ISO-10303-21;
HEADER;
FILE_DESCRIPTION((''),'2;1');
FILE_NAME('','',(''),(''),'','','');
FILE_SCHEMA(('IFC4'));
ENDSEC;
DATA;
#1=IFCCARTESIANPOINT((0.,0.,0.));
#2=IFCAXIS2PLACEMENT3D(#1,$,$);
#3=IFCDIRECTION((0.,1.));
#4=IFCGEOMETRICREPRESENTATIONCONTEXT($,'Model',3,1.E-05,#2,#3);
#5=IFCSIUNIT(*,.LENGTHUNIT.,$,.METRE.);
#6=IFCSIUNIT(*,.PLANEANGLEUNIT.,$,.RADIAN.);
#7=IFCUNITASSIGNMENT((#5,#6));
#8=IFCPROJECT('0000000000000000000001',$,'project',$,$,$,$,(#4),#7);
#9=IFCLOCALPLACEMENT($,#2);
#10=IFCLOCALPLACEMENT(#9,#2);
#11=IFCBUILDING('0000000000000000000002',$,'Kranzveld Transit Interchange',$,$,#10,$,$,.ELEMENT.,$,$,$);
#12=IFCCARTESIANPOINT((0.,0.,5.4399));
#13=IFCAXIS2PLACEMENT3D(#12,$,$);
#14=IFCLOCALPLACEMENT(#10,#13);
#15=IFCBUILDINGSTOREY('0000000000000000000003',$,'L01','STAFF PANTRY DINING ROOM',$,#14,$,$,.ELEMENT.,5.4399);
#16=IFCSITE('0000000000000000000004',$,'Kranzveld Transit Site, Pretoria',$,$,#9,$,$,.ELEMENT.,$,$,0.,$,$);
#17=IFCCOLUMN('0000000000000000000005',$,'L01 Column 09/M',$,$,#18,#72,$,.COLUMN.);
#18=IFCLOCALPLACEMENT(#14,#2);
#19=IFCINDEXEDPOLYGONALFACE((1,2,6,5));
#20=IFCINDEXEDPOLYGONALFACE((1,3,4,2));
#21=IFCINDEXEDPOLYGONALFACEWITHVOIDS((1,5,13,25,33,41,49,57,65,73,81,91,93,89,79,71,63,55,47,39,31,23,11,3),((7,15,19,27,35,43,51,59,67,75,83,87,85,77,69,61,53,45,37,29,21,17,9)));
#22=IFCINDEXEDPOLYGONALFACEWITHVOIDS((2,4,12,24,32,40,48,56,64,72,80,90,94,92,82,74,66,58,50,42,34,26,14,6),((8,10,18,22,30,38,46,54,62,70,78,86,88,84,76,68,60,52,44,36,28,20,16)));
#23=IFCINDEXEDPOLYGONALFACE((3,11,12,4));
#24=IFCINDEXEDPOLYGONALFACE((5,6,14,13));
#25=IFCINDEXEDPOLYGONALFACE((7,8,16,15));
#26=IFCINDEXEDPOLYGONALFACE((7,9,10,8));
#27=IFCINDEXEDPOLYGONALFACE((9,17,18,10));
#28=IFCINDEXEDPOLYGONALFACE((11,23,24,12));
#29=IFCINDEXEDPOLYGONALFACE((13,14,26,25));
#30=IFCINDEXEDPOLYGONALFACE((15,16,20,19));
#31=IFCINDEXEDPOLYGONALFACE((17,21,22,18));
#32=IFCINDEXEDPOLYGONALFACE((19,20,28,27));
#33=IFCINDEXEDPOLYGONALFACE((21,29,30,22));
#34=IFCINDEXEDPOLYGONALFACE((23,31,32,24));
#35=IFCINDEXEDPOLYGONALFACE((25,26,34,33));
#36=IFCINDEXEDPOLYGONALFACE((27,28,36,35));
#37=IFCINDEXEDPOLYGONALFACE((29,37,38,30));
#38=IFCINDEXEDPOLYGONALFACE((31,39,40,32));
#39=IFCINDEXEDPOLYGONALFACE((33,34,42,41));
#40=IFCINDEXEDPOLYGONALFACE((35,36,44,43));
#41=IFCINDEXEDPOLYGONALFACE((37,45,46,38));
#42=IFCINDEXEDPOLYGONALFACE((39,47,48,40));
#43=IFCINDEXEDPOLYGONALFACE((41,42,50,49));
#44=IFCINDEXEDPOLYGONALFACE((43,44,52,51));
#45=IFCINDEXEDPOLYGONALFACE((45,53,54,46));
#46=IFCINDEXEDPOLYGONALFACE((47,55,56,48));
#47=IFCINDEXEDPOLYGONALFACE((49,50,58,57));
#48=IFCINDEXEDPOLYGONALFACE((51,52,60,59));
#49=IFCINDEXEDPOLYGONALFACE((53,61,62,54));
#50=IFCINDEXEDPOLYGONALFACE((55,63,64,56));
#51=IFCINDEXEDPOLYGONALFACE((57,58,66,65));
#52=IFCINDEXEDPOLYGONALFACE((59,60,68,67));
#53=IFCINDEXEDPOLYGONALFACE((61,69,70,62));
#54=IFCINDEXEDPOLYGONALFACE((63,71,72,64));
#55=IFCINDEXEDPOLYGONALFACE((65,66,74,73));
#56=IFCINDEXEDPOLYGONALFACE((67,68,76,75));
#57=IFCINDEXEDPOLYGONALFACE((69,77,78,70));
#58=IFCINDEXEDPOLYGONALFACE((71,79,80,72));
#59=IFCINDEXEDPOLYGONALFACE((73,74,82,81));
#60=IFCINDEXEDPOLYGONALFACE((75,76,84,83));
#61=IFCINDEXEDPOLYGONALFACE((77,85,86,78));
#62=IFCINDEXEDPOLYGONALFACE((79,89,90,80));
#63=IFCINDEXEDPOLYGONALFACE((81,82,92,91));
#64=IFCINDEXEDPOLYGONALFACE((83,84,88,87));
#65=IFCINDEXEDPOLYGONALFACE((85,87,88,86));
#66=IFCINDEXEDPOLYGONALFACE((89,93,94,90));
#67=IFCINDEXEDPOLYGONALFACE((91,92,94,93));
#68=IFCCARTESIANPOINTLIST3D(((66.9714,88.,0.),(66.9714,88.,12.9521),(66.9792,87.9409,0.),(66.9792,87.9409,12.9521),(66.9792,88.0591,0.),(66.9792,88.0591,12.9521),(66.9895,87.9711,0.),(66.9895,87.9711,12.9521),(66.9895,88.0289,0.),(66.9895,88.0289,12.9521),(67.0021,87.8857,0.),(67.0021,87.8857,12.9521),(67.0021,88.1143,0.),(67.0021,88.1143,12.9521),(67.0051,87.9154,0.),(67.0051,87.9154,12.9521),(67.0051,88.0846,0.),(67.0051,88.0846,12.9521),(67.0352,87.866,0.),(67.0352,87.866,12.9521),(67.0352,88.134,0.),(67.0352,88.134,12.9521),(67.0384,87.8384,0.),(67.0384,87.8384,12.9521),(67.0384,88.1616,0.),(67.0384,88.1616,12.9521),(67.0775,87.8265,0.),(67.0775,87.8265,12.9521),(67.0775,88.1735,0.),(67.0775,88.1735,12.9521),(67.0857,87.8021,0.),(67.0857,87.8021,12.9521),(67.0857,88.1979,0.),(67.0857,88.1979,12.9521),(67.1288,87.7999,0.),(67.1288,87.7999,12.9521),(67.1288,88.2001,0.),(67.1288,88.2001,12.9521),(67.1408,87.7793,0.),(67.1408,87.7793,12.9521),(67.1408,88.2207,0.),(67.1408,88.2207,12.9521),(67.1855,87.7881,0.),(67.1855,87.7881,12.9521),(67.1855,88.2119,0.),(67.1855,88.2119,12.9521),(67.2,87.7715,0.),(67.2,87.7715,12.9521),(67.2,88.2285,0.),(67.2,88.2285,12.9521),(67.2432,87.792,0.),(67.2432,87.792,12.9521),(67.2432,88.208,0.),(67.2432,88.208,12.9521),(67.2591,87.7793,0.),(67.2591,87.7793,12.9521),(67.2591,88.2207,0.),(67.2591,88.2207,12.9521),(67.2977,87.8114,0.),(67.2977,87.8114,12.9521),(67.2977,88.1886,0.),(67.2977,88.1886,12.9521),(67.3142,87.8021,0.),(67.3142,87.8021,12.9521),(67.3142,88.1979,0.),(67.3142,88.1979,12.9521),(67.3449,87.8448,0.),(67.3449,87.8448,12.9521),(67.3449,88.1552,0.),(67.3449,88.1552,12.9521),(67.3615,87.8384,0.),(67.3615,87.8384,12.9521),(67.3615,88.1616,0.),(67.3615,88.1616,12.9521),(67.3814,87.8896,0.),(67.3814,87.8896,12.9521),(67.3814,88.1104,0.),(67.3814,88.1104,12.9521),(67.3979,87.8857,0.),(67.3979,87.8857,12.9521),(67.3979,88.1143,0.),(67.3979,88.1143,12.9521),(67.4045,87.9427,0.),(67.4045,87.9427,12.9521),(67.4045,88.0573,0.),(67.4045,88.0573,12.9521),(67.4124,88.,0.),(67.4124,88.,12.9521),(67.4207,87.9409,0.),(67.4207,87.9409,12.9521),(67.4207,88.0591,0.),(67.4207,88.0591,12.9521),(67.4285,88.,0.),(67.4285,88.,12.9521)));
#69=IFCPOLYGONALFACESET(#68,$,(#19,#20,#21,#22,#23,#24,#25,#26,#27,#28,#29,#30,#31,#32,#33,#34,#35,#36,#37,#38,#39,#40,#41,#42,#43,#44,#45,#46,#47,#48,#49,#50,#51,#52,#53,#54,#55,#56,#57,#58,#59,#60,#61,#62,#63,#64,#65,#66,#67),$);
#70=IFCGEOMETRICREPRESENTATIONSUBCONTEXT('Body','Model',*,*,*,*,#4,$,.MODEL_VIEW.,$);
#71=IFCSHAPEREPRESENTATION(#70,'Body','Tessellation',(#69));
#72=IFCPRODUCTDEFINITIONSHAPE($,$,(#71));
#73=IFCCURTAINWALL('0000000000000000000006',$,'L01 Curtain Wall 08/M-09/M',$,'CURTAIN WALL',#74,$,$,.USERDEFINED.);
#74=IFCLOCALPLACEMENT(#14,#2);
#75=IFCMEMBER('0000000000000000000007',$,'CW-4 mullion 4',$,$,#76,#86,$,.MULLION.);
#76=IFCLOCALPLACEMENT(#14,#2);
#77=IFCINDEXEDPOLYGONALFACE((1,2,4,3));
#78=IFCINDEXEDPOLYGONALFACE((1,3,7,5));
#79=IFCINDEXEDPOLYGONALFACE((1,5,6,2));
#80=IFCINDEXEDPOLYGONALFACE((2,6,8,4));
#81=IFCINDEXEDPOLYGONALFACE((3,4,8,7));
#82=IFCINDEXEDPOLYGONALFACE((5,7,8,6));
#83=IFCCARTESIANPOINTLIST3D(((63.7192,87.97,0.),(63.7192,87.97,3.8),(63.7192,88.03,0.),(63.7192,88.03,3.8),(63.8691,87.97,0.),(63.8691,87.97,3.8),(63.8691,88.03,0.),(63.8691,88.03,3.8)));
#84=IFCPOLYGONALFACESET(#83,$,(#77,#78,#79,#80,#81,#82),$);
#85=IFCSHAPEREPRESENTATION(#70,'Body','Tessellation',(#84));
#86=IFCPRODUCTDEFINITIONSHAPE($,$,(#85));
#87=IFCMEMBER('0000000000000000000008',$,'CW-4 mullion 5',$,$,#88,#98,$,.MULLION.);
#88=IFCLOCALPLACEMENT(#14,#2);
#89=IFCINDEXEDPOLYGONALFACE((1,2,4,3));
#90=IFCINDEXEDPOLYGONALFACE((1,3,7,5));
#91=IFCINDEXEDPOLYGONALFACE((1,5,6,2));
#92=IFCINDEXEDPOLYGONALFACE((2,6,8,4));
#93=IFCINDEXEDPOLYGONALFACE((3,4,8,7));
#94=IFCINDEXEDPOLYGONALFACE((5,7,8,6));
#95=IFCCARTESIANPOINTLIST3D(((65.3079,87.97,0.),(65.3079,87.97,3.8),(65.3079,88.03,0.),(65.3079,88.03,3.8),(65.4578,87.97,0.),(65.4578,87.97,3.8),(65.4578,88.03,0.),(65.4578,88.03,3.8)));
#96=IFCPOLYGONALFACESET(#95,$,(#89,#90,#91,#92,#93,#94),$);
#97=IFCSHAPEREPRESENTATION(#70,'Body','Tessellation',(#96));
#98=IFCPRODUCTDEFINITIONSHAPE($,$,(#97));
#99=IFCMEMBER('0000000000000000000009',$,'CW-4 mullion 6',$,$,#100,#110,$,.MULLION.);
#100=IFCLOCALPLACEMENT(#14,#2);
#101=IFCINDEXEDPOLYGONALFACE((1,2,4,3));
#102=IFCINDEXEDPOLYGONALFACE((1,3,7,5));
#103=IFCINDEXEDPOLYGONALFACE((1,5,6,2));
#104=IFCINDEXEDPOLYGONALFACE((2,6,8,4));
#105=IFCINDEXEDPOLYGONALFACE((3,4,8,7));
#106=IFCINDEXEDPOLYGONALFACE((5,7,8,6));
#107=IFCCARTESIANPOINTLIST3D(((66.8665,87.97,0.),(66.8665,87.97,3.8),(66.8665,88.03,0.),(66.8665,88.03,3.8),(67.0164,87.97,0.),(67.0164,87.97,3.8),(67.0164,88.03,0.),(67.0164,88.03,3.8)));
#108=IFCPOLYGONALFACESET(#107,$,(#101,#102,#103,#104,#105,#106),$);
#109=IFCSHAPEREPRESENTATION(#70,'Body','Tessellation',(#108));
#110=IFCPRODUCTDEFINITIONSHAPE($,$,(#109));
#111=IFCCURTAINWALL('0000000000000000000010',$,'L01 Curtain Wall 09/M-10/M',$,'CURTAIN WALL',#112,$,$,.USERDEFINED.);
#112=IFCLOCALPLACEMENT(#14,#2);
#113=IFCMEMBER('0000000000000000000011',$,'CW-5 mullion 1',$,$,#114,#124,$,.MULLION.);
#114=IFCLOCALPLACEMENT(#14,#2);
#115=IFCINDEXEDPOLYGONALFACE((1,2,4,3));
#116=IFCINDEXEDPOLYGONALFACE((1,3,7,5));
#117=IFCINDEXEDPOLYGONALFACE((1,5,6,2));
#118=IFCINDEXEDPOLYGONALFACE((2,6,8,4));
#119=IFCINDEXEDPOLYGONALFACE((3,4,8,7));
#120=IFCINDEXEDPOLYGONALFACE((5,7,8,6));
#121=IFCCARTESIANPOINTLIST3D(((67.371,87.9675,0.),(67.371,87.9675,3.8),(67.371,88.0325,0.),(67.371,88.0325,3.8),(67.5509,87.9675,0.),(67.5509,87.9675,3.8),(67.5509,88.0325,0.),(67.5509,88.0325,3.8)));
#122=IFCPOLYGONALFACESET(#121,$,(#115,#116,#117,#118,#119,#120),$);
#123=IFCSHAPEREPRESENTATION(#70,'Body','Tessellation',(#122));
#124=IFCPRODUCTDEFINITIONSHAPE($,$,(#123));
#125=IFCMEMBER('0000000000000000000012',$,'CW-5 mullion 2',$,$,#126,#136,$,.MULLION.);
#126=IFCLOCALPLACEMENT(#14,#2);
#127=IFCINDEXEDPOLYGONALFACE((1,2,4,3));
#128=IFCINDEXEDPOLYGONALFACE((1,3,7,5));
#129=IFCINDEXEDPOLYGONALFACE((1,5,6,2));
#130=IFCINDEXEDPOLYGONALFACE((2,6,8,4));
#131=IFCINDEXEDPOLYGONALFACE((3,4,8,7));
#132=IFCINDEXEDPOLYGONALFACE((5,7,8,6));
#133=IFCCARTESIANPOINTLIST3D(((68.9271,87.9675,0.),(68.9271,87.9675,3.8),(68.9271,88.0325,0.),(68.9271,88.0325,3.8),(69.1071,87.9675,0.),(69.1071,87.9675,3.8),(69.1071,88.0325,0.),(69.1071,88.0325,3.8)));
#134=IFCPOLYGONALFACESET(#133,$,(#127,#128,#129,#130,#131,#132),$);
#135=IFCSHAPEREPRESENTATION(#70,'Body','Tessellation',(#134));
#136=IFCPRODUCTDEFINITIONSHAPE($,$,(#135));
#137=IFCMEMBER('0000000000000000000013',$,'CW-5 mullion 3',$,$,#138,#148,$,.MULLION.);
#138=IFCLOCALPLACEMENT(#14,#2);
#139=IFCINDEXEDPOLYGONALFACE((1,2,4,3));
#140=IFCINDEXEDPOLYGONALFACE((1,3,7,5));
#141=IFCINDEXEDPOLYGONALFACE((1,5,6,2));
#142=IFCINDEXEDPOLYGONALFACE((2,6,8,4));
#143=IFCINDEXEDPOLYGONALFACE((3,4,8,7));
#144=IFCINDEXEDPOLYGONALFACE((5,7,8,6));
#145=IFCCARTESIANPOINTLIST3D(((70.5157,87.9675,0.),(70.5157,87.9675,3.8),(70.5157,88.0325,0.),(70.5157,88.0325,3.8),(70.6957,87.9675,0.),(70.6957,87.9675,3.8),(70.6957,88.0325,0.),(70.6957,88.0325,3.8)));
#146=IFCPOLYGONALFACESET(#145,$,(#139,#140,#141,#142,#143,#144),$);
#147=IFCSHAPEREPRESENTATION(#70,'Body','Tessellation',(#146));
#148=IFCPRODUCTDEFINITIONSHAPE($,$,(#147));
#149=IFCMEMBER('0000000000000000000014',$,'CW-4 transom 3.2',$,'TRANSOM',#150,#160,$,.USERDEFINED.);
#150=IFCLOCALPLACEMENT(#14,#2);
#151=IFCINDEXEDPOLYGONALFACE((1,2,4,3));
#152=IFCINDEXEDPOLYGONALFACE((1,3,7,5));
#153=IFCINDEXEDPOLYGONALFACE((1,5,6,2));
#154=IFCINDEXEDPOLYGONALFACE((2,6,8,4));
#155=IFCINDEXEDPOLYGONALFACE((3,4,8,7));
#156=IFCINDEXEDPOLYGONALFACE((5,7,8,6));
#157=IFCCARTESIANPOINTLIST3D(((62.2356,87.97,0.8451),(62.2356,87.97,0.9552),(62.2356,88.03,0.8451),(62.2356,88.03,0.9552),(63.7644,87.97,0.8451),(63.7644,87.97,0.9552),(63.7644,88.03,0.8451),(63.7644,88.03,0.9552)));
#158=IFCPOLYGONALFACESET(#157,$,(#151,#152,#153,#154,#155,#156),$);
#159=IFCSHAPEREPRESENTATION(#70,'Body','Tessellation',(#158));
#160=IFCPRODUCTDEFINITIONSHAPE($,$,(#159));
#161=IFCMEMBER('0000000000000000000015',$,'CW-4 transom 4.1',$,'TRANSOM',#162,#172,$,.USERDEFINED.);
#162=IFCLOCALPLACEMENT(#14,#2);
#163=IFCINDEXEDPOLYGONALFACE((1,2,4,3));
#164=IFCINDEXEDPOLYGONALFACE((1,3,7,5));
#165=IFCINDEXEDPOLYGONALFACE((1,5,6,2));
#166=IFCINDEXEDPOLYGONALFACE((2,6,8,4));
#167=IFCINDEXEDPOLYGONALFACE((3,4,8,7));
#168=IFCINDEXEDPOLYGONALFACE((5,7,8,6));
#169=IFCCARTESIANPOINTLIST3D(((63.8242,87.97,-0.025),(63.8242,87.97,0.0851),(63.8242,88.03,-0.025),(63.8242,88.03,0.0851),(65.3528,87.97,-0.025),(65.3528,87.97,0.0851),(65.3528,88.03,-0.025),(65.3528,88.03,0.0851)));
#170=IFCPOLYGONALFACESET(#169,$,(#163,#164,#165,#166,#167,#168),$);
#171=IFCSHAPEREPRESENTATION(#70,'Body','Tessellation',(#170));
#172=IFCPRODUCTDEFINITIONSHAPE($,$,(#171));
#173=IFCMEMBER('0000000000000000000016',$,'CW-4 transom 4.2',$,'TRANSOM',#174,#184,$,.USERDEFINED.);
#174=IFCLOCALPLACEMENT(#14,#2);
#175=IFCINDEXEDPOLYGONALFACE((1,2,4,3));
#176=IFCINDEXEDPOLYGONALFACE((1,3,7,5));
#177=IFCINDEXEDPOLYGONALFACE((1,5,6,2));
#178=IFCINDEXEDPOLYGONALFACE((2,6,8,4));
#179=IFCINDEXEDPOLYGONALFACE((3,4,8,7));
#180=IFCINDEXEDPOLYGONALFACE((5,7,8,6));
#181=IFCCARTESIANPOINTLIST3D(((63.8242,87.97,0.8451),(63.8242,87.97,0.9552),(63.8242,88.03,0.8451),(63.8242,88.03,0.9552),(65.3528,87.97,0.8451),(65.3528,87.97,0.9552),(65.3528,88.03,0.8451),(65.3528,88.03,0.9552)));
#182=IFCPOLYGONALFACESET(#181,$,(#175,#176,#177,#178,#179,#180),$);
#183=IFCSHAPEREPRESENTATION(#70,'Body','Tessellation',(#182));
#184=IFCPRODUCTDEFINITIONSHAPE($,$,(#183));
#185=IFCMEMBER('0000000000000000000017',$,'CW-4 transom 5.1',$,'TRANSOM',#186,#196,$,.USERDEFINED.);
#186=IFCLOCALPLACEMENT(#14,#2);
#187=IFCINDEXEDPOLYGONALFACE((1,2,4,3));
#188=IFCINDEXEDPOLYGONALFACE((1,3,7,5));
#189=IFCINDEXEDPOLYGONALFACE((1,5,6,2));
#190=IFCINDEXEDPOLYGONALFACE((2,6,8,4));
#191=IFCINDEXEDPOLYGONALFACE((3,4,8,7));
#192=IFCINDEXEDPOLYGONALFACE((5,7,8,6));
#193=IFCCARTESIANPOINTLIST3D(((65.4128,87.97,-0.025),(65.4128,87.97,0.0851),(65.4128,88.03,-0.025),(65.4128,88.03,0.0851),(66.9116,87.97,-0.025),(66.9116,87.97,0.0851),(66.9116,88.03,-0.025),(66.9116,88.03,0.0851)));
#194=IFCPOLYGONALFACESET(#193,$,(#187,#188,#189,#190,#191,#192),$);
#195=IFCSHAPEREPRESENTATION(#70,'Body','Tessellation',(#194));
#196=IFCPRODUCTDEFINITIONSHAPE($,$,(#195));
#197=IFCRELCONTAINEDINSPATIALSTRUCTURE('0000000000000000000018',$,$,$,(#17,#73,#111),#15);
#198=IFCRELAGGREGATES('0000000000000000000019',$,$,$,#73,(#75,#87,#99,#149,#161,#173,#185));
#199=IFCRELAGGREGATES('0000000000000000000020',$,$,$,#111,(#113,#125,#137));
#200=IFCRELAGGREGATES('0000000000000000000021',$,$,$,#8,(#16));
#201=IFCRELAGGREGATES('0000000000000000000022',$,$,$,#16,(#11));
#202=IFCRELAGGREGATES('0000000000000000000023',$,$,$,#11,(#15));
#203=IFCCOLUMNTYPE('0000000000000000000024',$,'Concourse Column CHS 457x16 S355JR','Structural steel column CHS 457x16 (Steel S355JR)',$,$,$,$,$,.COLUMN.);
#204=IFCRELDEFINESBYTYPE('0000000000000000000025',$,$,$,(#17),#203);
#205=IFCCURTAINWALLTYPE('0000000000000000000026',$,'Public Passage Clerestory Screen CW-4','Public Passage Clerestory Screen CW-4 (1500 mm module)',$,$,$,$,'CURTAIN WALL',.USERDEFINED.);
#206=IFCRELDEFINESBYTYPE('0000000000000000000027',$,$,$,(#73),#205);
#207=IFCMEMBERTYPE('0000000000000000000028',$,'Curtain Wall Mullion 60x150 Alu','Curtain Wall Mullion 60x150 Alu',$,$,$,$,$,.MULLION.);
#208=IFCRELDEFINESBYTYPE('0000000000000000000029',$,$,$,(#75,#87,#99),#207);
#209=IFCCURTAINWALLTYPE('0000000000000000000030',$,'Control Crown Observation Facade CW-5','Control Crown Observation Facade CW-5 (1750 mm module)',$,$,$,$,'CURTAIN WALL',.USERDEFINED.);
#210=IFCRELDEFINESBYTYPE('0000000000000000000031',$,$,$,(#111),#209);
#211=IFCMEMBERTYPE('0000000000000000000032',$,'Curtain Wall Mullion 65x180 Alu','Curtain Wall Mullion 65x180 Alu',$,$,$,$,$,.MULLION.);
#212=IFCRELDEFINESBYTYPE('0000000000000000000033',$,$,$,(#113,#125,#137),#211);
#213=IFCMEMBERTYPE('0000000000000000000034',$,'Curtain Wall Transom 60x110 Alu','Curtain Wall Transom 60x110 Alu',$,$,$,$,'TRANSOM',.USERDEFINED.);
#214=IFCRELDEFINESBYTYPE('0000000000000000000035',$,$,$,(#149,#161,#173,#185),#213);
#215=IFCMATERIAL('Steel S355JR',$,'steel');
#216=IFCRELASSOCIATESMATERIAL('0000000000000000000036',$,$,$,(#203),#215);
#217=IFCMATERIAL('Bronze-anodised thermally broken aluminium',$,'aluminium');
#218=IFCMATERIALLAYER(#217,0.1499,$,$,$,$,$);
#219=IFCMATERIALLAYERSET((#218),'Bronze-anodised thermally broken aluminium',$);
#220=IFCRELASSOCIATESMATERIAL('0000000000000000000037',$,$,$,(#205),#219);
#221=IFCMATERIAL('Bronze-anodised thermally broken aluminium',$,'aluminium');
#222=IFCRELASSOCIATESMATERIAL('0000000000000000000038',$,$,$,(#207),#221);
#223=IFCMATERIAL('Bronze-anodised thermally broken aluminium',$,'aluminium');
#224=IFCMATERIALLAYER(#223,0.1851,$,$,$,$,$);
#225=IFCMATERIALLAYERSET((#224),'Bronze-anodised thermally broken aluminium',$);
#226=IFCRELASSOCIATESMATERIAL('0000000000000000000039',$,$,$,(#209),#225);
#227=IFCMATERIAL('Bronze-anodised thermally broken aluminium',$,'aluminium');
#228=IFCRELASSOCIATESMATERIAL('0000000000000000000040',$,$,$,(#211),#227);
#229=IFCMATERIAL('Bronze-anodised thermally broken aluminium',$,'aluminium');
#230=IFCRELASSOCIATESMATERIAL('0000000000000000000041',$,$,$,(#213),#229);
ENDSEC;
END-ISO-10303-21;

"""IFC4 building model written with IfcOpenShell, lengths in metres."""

from ifc_helpers import new_model, si_unit, direction, frame, origin, origin_2d, place, context, subcontext, project, spatial, rectangle, hollow_circle, extrude, material, layer, layer_set, material_profile, profile_set, type_object, element, aggregate, save


model = new_model("IFC4")

# Units and contexts
model_context = context("Model", 3, precision=1e-05, world=origin(), true_north=direction((0.0, 1.0)))
body_context = subcontext(model_context, "Body", "Model", "MODEL_VIEW")
ifc_project = project(units=[si_unit("LENGTHUNIT", "METRE"), si_unit("PLANEANGLEUNIT", "RADIAN")], contexts=[model_context])

# Site, building, storey
site_placement = place(None, origin())
site = spatial("IfcSite", under=ifc_project, at=site_placement, Name="Kranzveld Transit Site, Pretoria", CompositionType="ELEMENT", RefElevation=0.0)
building_placement = place(site_placement, origin())
building = spatial("IfcBuilding", under=site, at=building_placement, Name="Kranzveld Transit Interchange", CompositionType="ELEMENT")
storey_placement = place(building_placement, frame((0.0, 0.0, 5.4399)))
storey = spatial("IfcBuildingStorey", under=building, at=storey_placement, Name="L01", Description="STAFF PANTRY DINING ROOM", CompositionType="ELEMENT", Elevation=5.4399)

# Column
ifc_material_1 = material(Name="Steel S355JR", Category="steel")
ifc_material_profile_1 = material_profile(ifc_material_1, hollow_circle(Radius=0.2285, WallThickness=0.0161, at=origin_2d()), Name="CHS 457x16")
ifc_profile_set_1 = profile_set([ifc_material_profile_1], Name="Steel S355JR")
column_type = type_object("IfcColumnType", Name="Concourse Column CHS 457x16 S355JR", Description="Structural steel column CHS 457x16 (Steel S355JR)", PredefinedType="COLUMN", material=ifc_profile_set_1)
column_placement = place(storey_placement, frame((67.2, 88.0, 0.0), z_axis=(0.0, 0.0, 1.0), x_axis=(1.0, 0.0, 0.0)))
element("IfcColumn", 1, at=column_placement, inside=storey, type_object=column_type, Name="L01 Column 09/M", PredefinedType="COLUMN", context=body_context, shape_type="SweptSolid", body=[
    extrude(hollow_circle(Radius=0.2285, WallThickness=0.0161, at=origin_2d()), origin(), (0.0, 0.0, 1.0), 12.9521),
])

# Curtain walls, members
ifc_material_2 = material(Name="Bronze-anodised thermally broken aluminium", Category="aluminium")
ifc_layer_1 = layer(ifc_material_2, 0.1499)
ifc_layer_set_1 = layer_set([ifc_layer_1], Name="Bronze-anodised thermally broken aluminium")
curtain_wall_type_1 = type_object("IfcCurtainWallType", Name="Public Passage Clerestory Screen CW-4", Description="Public Passage Clerestory Screen CW-4 (1500 mm module)", ElementType="CURTAIN WALL", PredefinedType="USERDEFINED", material=ifc_layer_set_1)
curtain_wall_1_placement = place(storey_placement, origin())
curtain_wall_1 = element("IfcCurtainWall", 2, at=curtain_wall_1_placement, inside=storey, type_object=curtain_wall_type_1, Name="L01 Curtain Wall 08/M-09/M", ObjectType="CURTAIN WALL", PredefinedType="USERDEFINED")
ifc_material_3 = material(Name="Bronze-anodised thermally broken aluminium", Category="aluminium")
ifc_material_profile_2 = material_profile(ifc_material_3, rectangle(XDim=0.0601, YDim=0.1499, at=origin_2d()), Name="ALU MULLION 60x150")
ifc_profile_set_2 = profile_set([ifc_material_profile_2], Name="Bronze-anodised thermally broken aluminium")
member_type_1 = type_object("IfcMemberType", Name="Curtain Wall Mullion 60x150 Alu", Description="Curtain Wall Mullion 60x150 Alu", PredefinedType="MULLION", material=ifc_profile_set_2)
member_1_placement = place(storey_placement, frame((63.7942, 88.0, 0.0), z_axis=(0.0, 0.0, 1.0), x_axis=(0.0, 1.0, 0.0)))
member_1 = element("IfcMember", 3, at=member_1_placement, type_object=member_type_1, Name="CW-4 mullion 4", PredefinedType="MULLION", context=body_context, shape_type="SweptSolid", body=[
    extrude(rectangle(XDim=0.0601, YDim=0.1499, at=origin_2d()), origin(), (0.0, 0.0, 1.0), 3.8),
])
member_2_placement = place(storey_placement, frame((65.3828, 88.0, 0.0), z_axis=(0.0, 0.0, 1.0), x_axis=(0.0, 1.0, 0.0)))
member_2 = element("IfcMember", 4, at=member_2_placement, type_object=member_type_1, Name="CW-4 mullion 5", PredefinedType="MULLION", context=body_context, shape_type="SweptSolid", body=[
    extrude(rectangle(XDim=0.0601, YDim=0.1499, at=origin_2d()), origin(), (0.0, 0.0, 1.0), 3.8),
])
member_3_placement = place(storey_placement, frame((66.9414, 88.0, 0.0), z_axis=(0.0, 0.0, 1.0), x_axis=(0.0, 1.0, 0.0)))
member_3 = element("IfcMember", 5, at=member_3_placement, type_object=member_type_1, Name="CW-4 mullion 6", PredefinedType="MULLION", context=body_context, shape_type="SweptSolid", body=[
    extrude(rectangle(XDim=0.0601, YDim=0.1499, at=origin_2d()), origin(), (0.0, 0.0, 1.0), 3.8),
])
ifc_material_4 = material(Name="Bronze-anodised thermally broken aluminium", Category="aluminium")
ifc_layer_2 = layer(ifc_material_4, 0.1851)
ifc_layer_set_2 = layer_set([ifc_layer_2], Name="Bronze-anodised thermally broken aluminium")
curtain_wall_type_2 = type_object("IfcCurtainWallType", Name="Control Crown Observation Facade CW-5", Description="Control Crown Observation Facade CW-5 (1750 mm module)", ElementType="CURTAIN WALL", PredefinedType="USERDEFINED", material=ifc_layer_set_2)
curtain_wall_2_placement = place(storey_placement, origin())
curtain_wall_2 = element("IfcCurtainWall", 6, at=curtain_wall_2_placement, inside=storey, type_object=curtain_wall_type_2, Name="L01 Curtain Wall 09/M-10/M", ObjectType="CURTAIN WALL", PredefinedType="USERDEFINED")
ifc_material_5 = material(Name="Bronze-anodised thermally broken aluminium", Category="aluminium")
ifc_material_profile_3 = material_profile(ifc_material_5, rectangle(XDim=0.0649, YDim=0.1799, at=origin_2d()), Name="ALU MULLION 65x180")
ifc_profile_set_3 = profile_set([ifc_material_profile_3], Name="Bronze-anodised thermally broken aluminium")
member_type_2 = type_object("IfcMemberType", Name="Curtain Wall Mullion 65x180 Alu", Description="Curtain Wall Mullion 65x180 Alu", PredefinedType="MULLION", material=ifc_profile_set_3)
member_4_placement = place(storey_placement, frame((67.4609, 88.0, 0.0), z_axis=(0.0, 0.0, 1.0), x_axis=(0.0, 1.0, 0.0)))
member_4 = element("IfcMember", 7, at=member_4_placement, type_object=member_type_2, Name="CW-5 mullion 1", PredefinedType="MULLION", context=body_context, shape_type="SweptSolid", body=[
    extrude(rectangle(XDim=0.0649, YDim=0.1799, at=origin_2d()), origin(), (0.0, 0.0, 1.0), 3.8),
])
member_5_placement = place(storey_placement, frame((69.0171, 88.0, 0.0), z_axis=(0.0, 0.0, 1.0), x_axis=(0.0, 1.0, 0.0)))
member_5 = element("IfcMember", 8, at=member_5_placement, type_object=member_type_2, Name="CW-5 mullion 2", PredefinedType="MULLION", context=body_context, shape_type="SweptSolid", body=[
    extrude(rectangle(XDim=0.0649, YDim=0.1799, at=origin_2d()), origin(), (0.0, 0.0, 1.0), 3.8),
])
member_6_placement = place(storey_placement, frame((70.6057, 88.0, 0.0), z_axis=(0.0, 0.0, 1.0), x_axis=(0.0, 1.0, 0.0)))
member_6 = element("IfcMember", 9, at=member_6_placement, type_object=member_type_2, Name="CW-5 mullion 3", PredefinedType="MULLION", context=body_context, shape_type="SweptSolid", body=[
    extrude(rectangle(XDim=0.0649, YDim=0.1799, at=origin_2d()), origin(), (0.0, 0.0, 1.0), 3.8),
])

# Members
ifc_material_6 = material(Name="Bronze-anodised thermally broken aluminium", Category="aluminium")
ifc_material_profile_4 = material_profile(ifc_material_6, rectangle(XDim=0.0601, YDim=0.1101, at=origin_2d()), Name="ALU TRANSOM 60x110")
ifc_profile_set_4 = profile_set([ifc_material_profile_4], Name="Bronze-anodised thermally broken aluminium")
member_type_3 = type_object("IfcMemberType", Name="Curtain Wall Transom 60x110 Alu", Description="Curtain Wall Transom 60x110 Alu", ElementType="TRANSOM", PredefinedType="USERDEFINED", material=ifc_profile_set_4)
member_7_placement = place(storey_placement, frame((62.2356, 88.0, 0.9001), z_axis=(1.0, 0.0, 0.0), x_axis=(0.0, 1.0, 0.0)))
member_7 = element("IfcMember", 10, at=member_7_placement, type_object=member_type_3, Name="CW-4 transom 3.2", ObjectType="TRANSOM", PredefinedType="USERDEFINED", context=body_context, shape_type="SweptSolid", body=[
    extrude(rectangle(XDim=0.0601, YDim=0.1101, at=origin_2d()), origin(), (0.0, 0.0, 1.0), 1.5288),
])
member_8_placement = place(storey_placement, frame((63.8242, 88.0, 0.03), z_axis=(1.0, 0.0, 0.0), x_axis=(0.0, 1.0, 0.0)))
member_8 = element("IfcMember", 11, at=member_8_placement, type_object=member_type_3, Name="CW-4 transom 4.1", ObjectType="TRANSOM", PredefinedType="USERDEFINED", context=body_context, shape_type="SweptSolid", body=[
    extrude(rectangle(XDim=0.0601, YDim=0.1101, at=origin_2d()), origin(), (0.0, 0.0, 1.0), 1.5286),
])
member_9_placement = place(storey_placement, frame((63.8242, 88.0, 0.9001), z_axis=(1.0, 0.0, 0.0), x_axis=(0.0, 1.0, 0.0)))
member_9 = element("IfcMember", 12, at=member_9_placement, type_object=member_type_3, Name="CW-4 transom 4.2", ObjectType="TRANSOM", PredefinedType="USERDEFINED", context=body_context, shape_type="SweptSolid", body=[
    extrude(rectangle(XDim=0.0601, YDim=0.1101, at=origin_2d()), origin(), (0.0, 0.0, 1.0), 1.5286),
])
member_10_placement = place(storey_placement, frame((65.4128, 88.0, 0.03), z_axis=(1.0, 0.0, 0.0), x_axis=(0.0, 1.0, 0.0)))
member_10 = element("IfcMember", 13, at=member_10_placement, type_object=member_type_3, Name="CW-4 transom 5.1", ObjectType="TRANSOM", PredefinedType="USERDEFINED", context=body_context, shape_type="SweptSolid", body=[
    extrude(rectangle(XDim=0.0601, YDim=0.1101, at=origin_2d()), origin(), (0.0, 0.0, 1.0), 1.4988),
])

aggregate(curtain_wall_1, [member_1, member_2, member_3, member_7, member_8, member_9, member_10])
aggregate(curtain_wall_2, [member_4, member_5, member_6])

save(model, "model.ifc")
